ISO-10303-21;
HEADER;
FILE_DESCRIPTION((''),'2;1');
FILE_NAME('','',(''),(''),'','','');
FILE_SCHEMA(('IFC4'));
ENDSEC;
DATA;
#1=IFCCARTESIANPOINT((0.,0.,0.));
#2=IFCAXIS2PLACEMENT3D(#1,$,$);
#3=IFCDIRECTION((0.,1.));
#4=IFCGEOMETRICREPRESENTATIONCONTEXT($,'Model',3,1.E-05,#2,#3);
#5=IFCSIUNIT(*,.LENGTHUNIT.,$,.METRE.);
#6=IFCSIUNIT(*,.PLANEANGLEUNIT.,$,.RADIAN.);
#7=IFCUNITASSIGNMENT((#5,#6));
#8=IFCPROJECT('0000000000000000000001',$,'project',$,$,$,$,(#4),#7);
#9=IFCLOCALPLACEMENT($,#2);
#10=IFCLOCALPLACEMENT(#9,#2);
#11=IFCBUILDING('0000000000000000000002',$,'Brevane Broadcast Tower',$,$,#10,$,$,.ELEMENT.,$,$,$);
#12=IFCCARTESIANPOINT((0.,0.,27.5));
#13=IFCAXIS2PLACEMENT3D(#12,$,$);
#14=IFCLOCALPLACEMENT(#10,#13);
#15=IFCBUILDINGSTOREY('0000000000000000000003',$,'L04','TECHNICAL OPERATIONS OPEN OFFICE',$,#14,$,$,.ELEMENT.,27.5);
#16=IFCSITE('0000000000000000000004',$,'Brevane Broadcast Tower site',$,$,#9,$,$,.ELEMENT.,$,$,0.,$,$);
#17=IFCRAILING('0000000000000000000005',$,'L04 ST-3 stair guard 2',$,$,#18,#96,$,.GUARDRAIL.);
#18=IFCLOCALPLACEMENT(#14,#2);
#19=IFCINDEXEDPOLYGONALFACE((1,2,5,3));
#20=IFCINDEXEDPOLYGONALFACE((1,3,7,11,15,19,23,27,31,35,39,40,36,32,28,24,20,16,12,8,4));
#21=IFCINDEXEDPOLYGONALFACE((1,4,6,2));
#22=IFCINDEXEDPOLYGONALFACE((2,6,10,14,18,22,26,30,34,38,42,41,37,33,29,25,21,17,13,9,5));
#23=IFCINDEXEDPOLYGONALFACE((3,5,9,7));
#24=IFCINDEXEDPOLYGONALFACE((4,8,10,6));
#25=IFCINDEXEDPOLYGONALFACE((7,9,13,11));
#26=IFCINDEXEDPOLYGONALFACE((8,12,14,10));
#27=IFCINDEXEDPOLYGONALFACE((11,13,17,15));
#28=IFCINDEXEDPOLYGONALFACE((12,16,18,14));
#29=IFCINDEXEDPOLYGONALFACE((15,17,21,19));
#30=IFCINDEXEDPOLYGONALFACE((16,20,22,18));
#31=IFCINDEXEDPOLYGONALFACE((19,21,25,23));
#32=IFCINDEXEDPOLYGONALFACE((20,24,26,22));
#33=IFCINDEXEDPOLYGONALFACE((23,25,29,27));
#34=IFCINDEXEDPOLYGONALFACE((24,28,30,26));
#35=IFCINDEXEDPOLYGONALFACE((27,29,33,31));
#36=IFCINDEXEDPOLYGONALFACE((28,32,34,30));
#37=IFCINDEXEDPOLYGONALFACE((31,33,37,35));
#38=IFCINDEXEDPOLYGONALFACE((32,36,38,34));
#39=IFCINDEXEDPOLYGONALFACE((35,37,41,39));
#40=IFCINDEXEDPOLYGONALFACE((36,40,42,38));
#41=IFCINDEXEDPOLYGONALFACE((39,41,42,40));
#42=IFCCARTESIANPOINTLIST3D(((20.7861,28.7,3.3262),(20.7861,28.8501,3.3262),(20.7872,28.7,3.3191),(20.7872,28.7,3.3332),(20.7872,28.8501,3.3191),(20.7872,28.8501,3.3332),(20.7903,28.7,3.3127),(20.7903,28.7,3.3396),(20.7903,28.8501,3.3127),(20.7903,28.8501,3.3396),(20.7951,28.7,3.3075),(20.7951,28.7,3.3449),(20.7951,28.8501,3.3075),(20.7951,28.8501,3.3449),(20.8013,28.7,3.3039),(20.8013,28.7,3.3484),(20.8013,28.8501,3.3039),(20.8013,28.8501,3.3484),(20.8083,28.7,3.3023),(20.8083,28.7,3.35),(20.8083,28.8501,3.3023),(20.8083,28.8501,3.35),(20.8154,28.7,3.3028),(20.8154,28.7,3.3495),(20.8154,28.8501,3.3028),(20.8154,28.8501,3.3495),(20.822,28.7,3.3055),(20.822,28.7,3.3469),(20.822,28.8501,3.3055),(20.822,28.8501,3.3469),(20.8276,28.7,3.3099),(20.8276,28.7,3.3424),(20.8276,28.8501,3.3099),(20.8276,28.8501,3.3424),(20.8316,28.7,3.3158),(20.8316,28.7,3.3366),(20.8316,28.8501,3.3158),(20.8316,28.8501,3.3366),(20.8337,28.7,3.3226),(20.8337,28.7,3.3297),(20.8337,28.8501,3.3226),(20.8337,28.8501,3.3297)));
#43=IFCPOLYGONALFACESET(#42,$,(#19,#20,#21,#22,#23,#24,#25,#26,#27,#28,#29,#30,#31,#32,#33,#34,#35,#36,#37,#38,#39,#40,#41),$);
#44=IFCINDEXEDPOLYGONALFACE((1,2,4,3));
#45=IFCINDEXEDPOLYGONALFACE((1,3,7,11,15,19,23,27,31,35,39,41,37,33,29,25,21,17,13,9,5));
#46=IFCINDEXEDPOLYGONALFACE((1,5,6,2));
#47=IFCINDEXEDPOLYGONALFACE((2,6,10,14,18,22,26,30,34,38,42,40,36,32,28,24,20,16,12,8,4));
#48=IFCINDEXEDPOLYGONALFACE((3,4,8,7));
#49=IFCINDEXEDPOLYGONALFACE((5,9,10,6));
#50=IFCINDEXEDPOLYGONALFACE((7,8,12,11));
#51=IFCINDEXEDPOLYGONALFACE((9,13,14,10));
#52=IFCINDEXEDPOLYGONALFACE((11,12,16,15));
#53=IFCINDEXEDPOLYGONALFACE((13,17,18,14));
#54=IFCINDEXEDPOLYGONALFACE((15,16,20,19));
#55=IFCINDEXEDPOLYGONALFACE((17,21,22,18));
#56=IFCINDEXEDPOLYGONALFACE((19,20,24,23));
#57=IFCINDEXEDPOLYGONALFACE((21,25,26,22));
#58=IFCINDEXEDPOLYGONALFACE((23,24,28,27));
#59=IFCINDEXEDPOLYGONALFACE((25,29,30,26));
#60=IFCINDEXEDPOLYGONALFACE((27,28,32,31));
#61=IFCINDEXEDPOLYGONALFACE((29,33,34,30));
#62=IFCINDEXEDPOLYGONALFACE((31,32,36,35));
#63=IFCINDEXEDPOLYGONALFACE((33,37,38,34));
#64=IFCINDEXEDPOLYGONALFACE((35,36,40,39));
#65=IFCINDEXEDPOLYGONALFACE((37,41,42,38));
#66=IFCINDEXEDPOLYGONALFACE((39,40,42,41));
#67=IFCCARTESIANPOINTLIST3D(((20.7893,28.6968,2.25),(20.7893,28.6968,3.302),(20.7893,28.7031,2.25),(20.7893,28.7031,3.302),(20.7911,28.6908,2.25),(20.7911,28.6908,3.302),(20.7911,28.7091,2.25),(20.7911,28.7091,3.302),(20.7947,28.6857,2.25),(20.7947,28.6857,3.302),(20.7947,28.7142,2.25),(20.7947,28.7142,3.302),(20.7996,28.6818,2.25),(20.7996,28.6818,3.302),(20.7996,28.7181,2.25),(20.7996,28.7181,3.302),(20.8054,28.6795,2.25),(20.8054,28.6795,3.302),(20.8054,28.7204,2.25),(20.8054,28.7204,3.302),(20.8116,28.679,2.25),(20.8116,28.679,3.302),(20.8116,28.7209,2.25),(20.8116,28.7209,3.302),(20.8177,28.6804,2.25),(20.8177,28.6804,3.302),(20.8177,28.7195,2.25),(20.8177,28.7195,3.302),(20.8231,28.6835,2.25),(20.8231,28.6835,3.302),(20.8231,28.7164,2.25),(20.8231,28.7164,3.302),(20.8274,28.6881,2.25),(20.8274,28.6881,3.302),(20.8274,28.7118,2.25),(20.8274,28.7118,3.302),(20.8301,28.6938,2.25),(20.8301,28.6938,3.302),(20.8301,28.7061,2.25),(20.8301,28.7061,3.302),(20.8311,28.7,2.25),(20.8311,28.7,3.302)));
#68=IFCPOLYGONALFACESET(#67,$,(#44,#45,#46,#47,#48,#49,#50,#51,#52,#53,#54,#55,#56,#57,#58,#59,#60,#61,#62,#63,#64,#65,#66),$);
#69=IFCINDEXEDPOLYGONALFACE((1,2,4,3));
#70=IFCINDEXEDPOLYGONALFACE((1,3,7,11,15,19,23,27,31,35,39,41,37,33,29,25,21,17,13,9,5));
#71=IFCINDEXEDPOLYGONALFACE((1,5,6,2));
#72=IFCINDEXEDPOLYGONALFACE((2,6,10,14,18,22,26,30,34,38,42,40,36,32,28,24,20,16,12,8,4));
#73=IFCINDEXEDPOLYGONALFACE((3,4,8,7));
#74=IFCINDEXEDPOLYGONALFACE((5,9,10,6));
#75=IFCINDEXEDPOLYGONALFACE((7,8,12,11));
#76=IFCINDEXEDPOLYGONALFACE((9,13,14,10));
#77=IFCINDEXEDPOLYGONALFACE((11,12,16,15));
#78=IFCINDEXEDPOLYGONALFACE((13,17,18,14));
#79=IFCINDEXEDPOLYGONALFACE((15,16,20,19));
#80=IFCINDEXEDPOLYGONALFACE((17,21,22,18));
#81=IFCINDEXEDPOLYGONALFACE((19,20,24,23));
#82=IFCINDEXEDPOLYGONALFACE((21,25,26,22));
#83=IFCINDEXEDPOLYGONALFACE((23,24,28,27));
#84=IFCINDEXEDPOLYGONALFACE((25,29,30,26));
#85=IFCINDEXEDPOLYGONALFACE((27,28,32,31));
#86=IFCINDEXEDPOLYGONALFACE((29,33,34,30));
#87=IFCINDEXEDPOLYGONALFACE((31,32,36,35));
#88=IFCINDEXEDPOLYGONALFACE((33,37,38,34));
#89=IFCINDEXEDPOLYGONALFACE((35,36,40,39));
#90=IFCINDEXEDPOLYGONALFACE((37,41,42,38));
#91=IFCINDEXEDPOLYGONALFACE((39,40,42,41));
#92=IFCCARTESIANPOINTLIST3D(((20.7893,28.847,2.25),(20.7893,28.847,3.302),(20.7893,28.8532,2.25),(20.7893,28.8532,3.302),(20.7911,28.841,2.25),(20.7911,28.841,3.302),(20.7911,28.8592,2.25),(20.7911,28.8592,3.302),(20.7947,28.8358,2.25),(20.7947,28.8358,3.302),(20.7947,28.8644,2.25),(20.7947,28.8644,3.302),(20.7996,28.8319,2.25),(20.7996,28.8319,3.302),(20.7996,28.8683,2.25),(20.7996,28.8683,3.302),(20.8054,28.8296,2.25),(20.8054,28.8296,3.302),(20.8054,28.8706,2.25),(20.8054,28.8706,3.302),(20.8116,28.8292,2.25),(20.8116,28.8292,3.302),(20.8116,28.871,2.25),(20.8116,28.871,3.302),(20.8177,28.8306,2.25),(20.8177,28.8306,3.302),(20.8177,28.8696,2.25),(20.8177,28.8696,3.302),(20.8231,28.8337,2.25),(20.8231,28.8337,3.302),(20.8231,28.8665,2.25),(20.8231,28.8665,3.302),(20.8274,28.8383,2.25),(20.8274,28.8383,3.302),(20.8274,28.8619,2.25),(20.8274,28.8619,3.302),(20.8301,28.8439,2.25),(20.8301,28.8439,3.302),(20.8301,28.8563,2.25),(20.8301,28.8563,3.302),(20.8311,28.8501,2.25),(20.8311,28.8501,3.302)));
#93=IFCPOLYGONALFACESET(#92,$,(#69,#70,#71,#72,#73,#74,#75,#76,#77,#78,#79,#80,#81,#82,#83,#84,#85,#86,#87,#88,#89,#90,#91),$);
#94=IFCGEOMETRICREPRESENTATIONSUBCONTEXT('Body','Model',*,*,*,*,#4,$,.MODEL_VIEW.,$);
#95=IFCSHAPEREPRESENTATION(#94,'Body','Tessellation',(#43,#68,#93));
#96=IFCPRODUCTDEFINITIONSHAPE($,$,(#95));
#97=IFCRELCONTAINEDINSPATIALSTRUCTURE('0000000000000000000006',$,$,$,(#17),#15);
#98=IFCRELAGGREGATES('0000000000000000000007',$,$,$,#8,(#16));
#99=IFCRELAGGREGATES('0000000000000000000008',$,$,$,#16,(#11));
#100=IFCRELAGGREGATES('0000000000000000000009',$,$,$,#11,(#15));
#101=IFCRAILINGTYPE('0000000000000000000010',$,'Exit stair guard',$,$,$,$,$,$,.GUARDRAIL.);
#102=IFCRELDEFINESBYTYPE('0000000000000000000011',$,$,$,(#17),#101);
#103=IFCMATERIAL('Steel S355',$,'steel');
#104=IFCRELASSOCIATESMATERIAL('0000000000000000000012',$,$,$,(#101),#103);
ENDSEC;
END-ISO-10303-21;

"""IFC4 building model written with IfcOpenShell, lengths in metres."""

from ifc_helpers import new_model, si_unit, direction, frame, origin, origin_2d, place, context, subcontext, project, spatial, circle, extrude, material, type_object, element, save


model = new_model("IFC4")

# Units and contexts
model_context = context("Model", 3, precision=1e-05, world=origin(), true_north=direction((0.0, 1.0)))
body_context = subcontext(model_context, "Body", "Model", "MODEL_VIEW")
ifc_project = project(units=[si_unit("LENGTHUNIT", "METRE"), si_unit("PLANEANGLEUNIT", "RADIAN")], contexts=[model_context])

# Site, building, storey
site_placement = place(None, origin())
site = spatial("IfcSite", under=ifc_project, at=site_placement, Name="Brevane Broadcast Tower site", CompositionType="ELEMENT", RefElevation=0.0)
building_placement = place(site_placement, origin())
building = spatial("IfcBuilding", under=site, at=building_placement, Name="Brevane Broadcast Tower", CompositionType="ELEMENT")
storey_placement = place(building_placement, frame((0.0, 0.0, 27.5)))
storey = spatial("IfcBuildingStorey", under=building, at=storey_placement, Name="L04", Description="TECHNICAL OPERATIONS OPEN OFFICE", CompositionType="ELEMENT", Elevation=27.5)

# Railing
ifc_material_1 = material(Name="Steel S355", Category="steel")
railing_type_1 = type_object("IfcRailingType", Name="Exit stair guard", PredefinedType="GUARDRAIL", material=ifc_material_1)
railing_1_placement = place(storey_placement, frame((20.8101, 28.7, 2.25)))
element("IfcRailing", 1, at=railing_1_placement, inside=storey, type_object=railing_type_1, Name="L04 ST-3 stair guard 2", PredefinedType="GUARDRAIL", context=body_context, shape_type="SweptSolid", body=[
    extrude(circle(Radius=0.0239, at=origin_2d()), frame((0.0, 0.0, 1.0762), z_axis=(0.0, 1.0, 0.0), x_axis=(-1.0, 0.0, 0.0)), (0.0, 0.0, 1.0), 0.1501),
    extrude(circle(Radius=0.021, at=origin_2d()), origin(), (0.0, 0.0, 1.0), 1.052),
    extrude(circle(Radius=0.021, at=origin_2d()), frame((0.0, 0.1501, 0.0)), (0.0, 0.0, 1.0), 1.052),
])

save(model, "model.ifc")
